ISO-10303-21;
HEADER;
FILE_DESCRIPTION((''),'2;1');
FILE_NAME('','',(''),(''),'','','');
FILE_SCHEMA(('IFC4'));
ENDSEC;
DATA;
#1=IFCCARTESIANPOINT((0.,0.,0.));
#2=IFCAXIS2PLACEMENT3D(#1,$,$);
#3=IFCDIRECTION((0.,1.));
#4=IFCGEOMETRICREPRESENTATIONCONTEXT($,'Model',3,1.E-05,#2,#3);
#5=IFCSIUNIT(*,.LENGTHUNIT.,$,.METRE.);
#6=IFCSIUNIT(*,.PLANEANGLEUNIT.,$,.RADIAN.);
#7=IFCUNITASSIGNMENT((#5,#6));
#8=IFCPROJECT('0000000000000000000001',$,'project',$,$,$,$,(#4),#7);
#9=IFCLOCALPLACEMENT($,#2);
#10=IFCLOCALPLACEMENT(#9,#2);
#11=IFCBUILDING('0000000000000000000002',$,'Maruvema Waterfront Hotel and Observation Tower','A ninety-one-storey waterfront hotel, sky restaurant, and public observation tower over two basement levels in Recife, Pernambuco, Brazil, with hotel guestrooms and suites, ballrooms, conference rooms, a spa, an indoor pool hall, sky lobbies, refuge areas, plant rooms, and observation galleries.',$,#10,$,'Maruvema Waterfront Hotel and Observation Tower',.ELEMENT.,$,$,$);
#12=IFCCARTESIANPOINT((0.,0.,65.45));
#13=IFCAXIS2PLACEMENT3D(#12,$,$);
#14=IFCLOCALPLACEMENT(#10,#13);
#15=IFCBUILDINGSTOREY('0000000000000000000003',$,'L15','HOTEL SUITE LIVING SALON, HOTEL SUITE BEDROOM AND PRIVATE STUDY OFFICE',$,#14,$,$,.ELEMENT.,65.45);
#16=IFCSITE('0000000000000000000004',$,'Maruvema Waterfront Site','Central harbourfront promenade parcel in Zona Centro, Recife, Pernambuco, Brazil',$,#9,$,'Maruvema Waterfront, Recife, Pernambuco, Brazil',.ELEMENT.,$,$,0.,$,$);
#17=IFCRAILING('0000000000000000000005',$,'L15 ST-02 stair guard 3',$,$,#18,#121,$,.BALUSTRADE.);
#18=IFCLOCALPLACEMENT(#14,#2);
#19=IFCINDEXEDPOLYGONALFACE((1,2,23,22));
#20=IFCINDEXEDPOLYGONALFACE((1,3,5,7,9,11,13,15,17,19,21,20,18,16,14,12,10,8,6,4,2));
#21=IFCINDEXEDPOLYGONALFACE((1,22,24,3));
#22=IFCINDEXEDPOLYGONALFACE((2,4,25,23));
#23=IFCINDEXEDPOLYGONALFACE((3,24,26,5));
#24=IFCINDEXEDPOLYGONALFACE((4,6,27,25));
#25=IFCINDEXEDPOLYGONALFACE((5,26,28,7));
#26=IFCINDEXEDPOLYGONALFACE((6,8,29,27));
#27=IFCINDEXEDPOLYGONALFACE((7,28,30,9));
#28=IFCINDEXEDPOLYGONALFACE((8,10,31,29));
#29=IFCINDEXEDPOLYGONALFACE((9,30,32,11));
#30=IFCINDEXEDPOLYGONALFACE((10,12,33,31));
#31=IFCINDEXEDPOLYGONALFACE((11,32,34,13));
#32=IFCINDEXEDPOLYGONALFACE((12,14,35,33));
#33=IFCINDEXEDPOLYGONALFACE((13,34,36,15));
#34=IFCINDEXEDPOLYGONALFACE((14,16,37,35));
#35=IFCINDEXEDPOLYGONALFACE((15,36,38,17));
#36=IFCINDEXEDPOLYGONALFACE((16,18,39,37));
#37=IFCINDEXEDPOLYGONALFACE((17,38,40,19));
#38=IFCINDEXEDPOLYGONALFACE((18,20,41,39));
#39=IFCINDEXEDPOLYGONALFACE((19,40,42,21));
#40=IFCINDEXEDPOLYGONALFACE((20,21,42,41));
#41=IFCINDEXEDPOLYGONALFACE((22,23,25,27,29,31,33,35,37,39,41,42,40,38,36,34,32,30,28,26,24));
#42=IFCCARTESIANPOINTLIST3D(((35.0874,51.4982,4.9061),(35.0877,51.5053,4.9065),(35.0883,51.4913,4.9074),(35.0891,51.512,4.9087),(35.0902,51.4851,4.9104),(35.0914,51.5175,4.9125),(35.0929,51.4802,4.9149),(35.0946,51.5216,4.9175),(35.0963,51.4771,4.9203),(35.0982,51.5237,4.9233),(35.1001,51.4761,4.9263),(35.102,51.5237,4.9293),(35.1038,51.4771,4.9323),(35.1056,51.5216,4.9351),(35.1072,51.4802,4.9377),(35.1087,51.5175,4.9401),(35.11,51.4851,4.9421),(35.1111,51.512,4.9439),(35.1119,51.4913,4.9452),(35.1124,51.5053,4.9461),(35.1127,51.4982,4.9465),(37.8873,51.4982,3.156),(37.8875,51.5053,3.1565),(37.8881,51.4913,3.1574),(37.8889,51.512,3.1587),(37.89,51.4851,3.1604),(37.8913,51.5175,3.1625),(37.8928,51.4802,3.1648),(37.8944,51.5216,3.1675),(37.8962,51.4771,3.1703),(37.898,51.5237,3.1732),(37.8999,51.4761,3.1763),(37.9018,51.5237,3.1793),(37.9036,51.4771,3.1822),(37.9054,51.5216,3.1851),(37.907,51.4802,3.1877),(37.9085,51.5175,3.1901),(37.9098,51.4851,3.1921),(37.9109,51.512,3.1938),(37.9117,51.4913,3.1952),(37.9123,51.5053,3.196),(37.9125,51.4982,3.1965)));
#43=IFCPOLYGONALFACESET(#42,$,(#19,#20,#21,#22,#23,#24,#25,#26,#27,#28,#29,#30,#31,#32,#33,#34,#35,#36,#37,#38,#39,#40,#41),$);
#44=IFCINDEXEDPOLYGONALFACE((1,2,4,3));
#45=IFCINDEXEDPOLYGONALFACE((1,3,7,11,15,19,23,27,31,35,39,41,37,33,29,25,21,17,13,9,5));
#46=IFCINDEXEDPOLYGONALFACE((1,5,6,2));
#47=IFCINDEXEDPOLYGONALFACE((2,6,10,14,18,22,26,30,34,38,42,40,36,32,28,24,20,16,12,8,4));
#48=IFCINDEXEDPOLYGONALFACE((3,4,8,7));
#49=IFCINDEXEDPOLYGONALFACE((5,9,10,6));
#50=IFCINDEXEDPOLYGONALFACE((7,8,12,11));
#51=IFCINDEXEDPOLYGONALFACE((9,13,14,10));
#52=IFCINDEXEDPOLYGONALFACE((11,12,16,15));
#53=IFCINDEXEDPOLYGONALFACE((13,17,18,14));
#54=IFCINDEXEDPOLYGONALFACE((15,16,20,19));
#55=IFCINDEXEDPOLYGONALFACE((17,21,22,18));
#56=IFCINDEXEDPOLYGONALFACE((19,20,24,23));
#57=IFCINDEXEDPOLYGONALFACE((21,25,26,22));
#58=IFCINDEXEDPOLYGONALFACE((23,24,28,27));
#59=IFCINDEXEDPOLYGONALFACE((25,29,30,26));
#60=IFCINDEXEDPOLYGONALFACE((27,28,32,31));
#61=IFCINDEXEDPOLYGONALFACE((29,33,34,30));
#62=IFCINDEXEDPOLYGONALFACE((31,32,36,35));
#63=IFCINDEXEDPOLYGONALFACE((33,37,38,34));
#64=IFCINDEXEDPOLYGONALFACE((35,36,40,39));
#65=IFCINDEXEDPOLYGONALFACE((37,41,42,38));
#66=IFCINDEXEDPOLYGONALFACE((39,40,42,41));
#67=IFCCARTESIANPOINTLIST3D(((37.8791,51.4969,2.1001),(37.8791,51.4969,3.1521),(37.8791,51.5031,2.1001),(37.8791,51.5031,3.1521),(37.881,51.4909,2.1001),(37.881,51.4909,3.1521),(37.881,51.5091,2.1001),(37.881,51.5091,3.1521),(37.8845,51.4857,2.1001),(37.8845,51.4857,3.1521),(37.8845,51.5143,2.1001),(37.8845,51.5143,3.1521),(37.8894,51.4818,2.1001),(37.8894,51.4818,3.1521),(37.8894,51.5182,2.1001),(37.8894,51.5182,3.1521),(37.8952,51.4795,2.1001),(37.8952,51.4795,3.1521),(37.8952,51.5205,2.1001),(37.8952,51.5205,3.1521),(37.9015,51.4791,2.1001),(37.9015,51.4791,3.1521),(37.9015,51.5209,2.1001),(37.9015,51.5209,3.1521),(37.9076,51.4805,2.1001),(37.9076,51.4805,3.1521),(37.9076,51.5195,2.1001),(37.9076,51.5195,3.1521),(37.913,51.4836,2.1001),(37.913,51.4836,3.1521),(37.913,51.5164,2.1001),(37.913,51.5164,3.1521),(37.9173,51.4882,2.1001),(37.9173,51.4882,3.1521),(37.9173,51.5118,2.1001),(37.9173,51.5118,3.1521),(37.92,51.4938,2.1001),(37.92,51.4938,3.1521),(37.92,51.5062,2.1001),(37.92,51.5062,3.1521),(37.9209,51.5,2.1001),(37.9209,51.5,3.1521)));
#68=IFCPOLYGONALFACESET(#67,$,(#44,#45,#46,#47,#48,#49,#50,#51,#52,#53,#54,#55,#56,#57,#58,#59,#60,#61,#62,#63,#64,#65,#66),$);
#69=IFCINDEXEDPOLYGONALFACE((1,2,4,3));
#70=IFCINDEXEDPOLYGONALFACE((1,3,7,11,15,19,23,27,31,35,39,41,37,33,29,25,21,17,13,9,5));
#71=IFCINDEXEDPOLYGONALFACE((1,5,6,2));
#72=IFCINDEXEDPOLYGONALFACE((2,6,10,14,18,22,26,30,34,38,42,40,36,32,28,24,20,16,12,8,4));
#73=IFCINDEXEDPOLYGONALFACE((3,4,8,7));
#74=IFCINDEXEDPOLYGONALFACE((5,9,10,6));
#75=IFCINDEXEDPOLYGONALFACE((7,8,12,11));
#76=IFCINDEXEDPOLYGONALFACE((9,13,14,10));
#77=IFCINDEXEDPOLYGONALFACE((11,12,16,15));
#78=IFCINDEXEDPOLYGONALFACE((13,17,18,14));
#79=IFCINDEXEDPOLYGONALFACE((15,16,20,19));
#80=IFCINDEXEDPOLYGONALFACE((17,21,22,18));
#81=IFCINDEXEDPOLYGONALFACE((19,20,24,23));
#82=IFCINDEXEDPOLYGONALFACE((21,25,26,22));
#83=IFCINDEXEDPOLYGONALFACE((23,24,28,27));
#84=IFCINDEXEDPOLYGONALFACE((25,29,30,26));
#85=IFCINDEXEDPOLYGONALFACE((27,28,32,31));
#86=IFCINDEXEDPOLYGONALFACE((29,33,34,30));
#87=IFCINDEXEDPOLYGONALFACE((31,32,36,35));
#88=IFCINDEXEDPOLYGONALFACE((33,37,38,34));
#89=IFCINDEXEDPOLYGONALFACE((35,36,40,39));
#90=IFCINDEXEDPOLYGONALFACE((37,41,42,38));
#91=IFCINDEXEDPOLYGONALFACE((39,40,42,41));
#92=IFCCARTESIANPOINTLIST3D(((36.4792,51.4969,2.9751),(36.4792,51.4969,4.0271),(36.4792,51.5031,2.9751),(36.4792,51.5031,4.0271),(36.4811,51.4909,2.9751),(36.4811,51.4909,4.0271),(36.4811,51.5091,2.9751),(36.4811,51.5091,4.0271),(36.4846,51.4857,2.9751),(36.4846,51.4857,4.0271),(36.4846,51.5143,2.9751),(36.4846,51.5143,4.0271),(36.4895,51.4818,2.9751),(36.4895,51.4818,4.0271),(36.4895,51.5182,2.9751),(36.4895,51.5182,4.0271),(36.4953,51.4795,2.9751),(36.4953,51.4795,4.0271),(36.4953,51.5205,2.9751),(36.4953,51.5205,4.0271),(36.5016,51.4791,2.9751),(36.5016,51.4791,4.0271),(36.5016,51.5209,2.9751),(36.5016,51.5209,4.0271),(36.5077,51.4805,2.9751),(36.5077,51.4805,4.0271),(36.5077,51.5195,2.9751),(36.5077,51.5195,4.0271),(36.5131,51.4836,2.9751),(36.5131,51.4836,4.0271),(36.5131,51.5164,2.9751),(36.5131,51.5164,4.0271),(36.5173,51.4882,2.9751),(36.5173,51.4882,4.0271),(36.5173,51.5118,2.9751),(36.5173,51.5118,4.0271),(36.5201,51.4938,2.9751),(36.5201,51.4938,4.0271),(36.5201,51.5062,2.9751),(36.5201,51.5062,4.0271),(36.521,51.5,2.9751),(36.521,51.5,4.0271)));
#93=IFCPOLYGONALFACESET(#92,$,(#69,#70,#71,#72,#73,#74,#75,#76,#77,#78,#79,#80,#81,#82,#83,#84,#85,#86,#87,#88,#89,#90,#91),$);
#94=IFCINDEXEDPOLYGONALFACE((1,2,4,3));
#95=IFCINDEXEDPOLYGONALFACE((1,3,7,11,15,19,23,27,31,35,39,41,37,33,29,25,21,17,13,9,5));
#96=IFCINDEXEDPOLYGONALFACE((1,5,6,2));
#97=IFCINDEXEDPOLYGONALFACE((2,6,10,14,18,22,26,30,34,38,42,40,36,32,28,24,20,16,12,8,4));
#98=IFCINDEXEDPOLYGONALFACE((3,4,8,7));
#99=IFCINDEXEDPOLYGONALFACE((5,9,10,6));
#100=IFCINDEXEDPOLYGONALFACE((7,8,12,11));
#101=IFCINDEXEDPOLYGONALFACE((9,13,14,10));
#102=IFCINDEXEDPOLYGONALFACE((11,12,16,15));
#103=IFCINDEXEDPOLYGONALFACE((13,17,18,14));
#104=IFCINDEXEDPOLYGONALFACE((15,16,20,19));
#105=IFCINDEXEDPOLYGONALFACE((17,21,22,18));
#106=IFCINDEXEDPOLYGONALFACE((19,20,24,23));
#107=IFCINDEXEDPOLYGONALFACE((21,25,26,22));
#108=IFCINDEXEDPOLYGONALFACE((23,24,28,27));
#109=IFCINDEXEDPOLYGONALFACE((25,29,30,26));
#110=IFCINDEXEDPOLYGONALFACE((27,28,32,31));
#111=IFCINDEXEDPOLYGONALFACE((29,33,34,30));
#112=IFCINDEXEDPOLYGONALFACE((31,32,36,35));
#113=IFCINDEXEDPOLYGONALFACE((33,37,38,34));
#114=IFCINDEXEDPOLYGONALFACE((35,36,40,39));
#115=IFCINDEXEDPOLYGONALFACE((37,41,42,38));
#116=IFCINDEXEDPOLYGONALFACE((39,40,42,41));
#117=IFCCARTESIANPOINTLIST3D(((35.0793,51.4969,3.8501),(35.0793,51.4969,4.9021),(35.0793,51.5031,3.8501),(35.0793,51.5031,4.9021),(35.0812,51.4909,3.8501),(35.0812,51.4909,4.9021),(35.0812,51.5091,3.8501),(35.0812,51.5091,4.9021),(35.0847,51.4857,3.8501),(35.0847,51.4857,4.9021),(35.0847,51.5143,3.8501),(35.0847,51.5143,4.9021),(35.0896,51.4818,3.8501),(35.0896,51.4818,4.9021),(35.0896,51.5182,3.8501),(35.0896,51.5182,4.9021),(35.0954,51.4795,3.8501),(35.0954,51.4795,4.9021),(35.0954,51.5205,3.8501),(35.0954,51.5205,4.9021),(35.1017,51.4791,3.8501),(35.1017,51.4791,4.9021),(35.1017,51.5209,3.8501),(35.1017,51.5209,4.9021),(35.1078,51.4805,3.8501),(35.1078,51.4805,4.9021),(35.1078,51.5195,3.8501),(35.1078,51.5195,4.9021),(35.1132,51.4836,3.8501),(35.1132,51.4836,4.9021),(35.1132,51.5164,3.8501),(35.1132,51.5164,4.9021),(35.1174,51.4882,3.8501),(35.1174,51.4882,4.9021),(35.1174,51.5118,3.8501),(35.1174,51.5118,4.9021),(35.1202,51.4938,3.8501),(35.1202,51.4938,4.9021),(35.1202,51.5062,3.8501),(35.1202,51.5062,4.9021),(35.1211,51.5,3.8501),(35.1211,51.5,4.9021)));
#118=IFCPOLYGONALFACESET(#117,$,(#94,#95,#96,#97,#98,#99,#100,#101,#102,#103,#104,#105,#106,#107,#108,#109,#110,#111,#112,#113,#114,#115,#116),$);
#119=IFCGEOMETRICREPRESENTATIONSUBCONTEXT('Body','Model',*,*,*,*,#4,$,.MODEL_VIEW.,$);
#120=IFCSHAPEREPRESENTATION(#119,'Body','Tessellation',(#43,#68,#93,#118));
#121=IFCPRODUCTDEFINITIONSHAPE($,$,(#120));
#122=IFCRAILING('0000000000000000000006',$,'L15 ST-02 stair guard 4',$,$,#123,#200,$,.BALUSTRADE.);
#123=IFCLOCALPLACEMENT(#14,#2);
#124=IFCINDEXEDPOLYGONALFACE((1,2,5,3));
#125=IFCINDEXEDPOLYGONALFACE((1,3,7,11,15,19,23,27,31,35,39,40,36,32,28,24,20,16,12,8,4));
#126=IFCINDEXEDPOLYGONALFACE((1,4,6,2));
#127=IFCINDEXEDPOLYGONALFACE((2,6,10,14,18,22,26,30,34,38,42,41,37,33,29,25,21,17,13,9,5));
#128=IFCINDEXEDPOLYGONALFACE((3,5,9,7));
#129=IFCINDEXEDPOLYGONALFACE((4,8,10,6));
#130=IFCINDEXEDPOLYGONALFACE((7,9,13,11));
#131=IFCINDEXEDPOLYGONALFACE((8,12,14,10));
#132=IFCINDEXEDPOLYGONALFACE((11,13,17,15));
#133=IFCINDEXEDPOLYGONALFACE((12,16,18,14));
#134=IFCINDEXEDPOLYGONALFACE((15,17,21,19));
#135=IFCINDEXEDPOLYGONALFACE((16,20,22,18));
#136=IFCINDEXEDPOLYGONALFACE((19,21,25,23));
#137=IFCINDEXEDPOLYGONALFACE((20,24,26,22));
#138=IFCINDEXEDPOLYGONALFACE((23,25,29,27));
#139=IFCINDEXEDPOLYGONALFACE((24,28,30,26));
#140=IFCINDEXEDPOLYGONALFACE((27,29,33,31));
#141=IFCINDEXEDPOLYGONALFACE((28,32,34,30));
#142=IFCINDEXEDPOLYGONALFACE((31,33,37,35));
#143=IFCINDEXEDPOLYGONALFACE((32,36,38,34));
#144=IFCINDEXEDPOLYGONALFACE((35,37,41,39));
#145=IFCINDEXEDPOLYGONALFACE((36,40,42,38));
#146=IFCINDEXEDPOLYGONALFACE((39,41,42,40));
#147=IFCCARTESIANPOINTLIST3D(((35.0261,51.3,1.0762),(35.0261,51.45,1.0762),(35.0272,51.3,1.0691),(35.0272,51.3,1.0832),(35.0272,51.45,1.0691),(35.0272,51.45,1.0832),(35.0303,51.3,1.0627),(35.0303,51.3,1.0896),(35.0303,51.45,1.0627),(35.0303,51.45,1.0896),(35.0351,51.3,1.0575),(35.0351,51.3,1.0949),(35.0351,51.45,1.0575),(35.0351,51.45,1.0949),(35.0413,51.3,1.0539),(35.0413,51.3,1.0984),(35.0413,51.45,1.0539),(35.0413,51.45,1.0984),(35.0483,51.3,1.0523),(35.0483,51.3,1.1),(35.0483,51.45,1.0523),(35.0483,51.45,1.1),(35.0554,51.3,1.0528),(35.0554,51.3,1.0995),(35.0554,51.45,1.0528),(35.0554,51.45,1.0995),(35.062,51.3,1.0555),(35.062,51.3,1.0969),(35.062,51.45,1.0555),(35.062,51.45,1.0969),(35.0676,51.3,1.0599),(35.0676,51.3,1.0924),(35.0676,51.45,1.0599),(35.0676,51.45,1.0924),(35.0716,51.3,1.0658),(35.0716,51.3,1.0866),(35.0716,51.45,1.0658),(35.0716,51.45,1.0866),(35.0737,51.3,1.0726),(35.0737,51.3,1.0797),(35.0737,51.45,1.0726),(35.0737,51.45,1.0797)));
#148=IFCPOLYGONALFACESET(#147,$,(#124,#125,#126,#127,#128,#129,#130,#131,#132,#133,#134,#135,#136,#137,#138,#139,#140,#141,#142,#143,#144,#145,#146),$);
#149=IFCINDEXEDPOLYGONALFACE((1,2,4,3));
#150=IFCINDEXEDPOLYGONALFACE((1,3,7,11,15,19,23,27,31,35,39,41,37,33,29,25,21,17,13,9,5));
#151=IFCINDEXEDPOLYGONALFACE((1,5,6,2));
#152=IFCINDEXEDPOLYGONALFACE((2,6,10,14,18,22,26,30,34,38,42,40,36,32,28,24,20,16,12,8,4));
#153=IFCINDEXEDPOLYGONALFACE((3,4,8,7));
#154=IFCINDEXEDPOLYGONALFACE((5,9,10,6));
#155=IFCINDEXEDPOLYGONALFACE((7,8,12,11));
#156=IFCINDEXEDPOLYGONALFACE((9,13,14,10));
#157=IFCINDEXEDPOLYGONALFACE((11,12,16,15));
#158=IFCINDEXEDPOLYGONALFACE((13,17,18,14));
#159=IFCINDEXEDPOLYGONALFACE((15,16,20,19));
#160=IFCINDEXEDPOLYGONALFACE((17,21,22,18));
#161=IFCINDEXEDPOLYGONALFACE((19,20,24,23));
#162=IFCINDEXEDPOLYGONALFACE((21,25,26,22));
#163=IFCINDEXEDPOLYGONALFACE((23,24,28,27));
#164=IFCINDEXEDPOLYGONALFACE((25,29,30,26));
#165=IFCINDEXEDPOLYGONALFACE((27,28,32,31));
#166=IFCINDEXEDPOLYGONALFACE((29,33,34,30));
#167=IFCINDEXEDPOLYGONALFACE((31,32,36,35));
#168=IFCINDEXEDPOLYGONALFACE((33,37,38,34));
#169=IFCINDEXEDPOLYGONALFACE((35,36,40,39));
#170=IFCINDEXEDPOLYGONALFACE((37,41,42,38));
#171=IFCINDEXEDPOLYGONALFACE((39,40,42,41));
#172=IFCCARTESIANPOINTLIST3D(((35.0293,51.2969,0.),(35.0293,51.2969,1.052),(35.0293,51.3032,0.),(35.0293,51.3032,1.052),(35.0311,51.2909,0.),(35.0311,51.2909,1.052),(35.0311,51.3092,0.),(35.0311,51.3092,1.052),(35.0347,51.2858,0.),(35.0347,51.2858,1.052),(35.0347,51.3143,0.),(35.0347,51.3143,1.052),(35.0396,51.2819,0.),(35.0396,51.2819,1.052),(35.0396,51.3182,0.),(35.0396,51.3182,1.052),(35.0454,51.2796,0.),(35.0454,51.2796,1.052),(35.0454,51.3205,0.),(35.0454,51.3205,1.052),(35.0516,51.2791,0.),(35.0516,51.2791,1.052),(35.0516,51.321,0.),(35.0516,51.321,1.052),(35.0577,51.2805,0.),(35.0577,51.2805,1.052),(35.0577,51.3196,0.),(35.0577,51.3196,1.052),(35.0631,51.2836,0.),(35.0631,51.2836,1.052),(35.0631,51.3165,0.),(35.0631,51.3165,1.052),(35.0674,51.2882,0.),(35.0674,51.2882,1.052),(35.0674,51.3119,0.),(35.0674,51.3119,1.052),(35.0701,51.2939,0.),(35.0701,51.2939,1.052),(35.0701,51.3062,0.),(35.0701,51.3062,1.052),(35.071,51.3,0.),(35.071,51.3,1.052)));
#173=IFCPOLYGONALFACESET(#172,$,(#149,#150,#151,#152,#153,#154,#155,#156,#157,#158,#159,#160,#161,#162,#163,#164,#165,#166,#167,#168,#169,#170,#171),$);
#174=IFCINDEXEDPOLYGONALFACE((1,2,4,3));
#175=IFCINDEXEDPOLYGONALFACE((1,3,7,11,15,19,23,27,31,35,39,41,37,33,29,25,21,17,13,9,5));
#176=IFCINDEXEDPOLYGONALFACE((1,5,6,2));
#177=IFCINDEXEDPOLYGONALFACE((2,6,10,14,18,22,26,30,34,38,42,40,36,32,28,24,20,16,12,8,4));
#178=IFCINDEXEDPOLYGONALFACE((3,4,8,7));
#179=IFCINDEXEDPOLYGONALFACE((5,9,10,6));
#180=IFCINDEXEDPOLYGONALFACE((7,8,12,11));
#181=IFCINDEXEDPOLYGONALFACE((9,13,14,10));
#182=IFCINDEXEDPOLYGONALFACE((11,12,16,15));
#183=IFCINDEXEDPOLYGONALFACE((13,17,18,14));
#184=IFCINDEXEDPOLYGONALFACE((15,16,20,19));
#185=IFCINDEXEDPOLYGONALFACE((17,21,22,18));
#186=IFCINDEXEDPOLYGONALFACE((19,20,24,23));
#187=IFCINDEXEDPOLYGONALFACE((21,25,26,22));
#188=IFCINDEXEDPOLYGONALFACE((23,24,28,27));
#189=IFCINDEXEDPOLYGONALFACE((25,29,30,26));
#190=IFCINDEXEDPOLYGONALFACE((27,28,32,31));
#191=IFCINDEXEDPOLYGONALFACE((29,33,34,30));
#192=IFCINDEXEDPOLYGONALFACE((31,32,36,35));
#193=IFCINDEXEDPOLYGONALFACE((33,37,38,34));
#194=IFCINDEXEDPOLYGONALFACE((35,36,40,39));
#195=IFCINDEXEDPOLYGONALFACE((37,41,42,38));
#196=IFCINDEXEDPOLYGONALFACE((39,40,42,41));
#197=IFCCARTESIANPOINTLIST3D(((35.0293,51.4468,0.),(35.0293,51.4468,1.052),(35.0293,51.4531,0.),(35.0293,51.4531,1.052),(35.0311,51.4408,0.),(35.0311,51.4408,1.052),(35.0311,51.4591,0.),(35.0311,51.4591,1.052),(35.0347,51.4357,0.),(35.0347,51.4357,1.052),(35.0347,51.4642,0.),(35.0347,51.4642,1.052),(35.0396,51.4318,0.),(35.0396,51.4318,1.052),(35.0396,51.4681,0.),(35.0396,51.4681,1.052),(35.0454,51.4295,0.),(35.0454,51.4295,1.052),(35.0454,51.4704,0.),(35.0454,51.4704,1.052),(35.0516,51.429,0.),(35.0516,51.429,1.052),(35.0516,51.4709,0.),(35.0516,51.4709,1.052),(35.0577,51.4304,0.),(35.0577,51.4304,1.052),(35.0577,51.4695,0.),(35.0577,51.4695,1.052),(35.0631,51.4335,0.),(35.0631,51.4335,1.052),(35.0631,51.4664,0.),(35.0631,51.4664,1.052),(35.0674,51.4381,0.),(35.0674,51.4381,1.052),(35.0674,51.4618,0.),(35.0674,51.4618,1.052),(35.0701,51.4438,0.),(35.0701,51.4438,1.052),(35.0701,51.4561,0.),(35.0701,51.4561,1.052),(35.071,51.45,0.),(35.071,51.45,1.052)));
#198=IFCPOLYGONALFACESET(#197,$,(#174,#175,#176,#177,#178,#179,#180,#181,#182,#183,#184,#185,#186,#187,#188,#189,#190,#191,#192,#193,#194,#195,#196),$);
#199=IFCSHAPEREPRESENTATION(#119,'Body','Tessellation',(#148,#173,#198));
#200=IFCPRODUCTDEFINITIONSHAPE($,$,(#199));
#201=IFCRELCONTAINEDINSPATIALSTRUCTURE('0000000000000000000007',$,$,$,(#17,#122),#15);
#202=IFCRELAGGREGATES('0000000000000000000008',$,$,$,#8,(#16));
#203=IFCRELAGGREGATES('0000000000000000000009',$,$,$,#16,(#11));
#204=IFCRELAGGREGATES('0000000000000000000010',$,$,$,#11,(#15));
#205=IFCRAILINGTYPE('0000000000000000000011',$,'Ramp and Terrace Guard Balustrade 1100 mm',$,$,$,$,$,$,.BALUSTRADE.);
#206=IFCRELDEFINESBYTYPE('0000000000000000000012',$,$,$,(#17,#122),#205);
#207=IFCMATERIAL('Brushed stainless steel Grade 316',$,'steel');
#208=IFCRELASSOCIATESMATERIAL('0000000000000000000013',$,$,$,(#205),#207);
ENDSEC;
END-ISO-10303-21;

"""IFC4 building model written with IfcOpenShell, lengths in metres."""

from ifc_helpers import new_model, si_unit, direction, frame, origin, origin_2d, place, context, subcontext, project, spatial, circle, extrude, material, type_object, element, save


model = new_model("IFC4")

# Units and contexts
model_context = context("Model", 3, precision=1e-05, world=origin(), true_north=direction((0.0, 1.0)))
body_context = subcontext(model_context, "Body", "Model", "MODEL_VIEW")
ifc_project = project(units=[si_unit("LENGTHUNIT", "METRE"), si_unit("PLANEANGLEUNIT", "RADIAN")], contexts=[model_context])

# Site, building, storey
site_placement = place(None, origin())
site = spatial("IfcSite", under=ifc_project, at=site_placement, Name="Maruvema Waterfront Site", Description="Central harbourfront promenade parcel in Zona Centro, Recife, Pernambuco, Brazil", LongName="Maruvema Waterfront, Recife, Pernambuco, Brazil", CompositionType="ELEMENT", RefElevation=0.0)
building_placement = place(site_placement, origin())
building = spatial("IfcBuilding", under=site, at=building_placement, Name="Maruvema Waterfront Hotel and Observation Tower", Description="A ninety-one-storey waterfront hotel, sky restaurant, and public observation tower over two basement levels in Recife, Pernambuco, Brazil, with hotel guestrooms and suites, ballrooms, conference rooms, a spa, an indoor pool hall, sky lobbies, refuge areas, plant rooms, and observation galleries.", LongName="Maruvema Waterfront Hotel and Observation Tower", CompositionType="ELEMENT")
storey_placement = place(building_placement, frame((0.0, 0.0, 65.45)))
storey = spatial("IfcBuildingStorey", under=building, at=storey_placement, Name="L15", Description="HOTEL SUITE LIVING SALON, HOTEL SUITE BEDROOM AND PRIVATE STUDY OFFICE", CompositionType="ELEMENT", Elevation=65.45)

# Railings
ifc_material_1 = material(Name="Brushed stainless steel Grade 316", Category="steel")
railing_type_1 = type_object("IfcRailingType", Name="Ramp and Terrace Guard Balustrade 1100 mm", PredefinedType="BALUSTRADE", material=ifc_material_1)
railing_1_placement = place(storey_placement, frame((37.8999, 51.5, 2.1001)))
element("IfcRailing", 1, at=railing_1_placement, inside=storey, type_object=railing_type_1, Name="L15 ST-02 stair guard 3", PredefinedType="BALUSTRADE", context=body_context, shape_type="SweptSolid", body=[
    extrude(circle(Radius=0.0239, at=origin_2d()), frame((0.0, 0.0, 1.0762), z_axis=(-0.847982, 0.0, 0.530026), x_axis=(0.0, -1.0, 0.0)), (0.0, 0.0, 1.0), 3.3018),
    extrude(circle(Radius=0.021, at=origin_2d()), origin(), (0.0, 0.0, 1.0), 1.052),
    extrude(circle(Radius=0.021, at=origin_2d()), frame((-1.3999, 0.0, 0.875)), (0.0, 0.0, 1.0), 1.052),
    extrude(circle(Radius=0.021, at=origin_2d()), frame((-2.7998, 0.0, 1.75)), (0.0, 0.0, 1.0), 1.052),
])
railing_2_placement = place(storey_placement, frame((35.05, 51.3, 0.0)))
element("IfcRailing", 2, at=railing_2_placement, inside=storey, type_object=railing_type_1, Name="L15 ST-02 stair guard 4", PredefinedType="BALUSTRADE", context=body_context, shape_type="SweptSolid", body=[
    extrude(circle(Radius=0.0239, at=origin_2d()), frame((0.0, 0.0, 1.0762), z_axis=(0.0, 1.0, 0.0), x_axis=(-1.0, 0.0, 0.0)), (0.0, 0.0, 1.0), 0.1499),
    extrude(circle(Radius=0.021, at=origin_2d()), origin(), (0.0, 0.0, 1.0), 1.052),
    extrude(circle(Radius=0.021, at=origin_2d()), frame((0.0, 0.1499, 0.0)), (0.0, 0.0, 1.0), 1.052),
])

save(model, "model.ifc")
